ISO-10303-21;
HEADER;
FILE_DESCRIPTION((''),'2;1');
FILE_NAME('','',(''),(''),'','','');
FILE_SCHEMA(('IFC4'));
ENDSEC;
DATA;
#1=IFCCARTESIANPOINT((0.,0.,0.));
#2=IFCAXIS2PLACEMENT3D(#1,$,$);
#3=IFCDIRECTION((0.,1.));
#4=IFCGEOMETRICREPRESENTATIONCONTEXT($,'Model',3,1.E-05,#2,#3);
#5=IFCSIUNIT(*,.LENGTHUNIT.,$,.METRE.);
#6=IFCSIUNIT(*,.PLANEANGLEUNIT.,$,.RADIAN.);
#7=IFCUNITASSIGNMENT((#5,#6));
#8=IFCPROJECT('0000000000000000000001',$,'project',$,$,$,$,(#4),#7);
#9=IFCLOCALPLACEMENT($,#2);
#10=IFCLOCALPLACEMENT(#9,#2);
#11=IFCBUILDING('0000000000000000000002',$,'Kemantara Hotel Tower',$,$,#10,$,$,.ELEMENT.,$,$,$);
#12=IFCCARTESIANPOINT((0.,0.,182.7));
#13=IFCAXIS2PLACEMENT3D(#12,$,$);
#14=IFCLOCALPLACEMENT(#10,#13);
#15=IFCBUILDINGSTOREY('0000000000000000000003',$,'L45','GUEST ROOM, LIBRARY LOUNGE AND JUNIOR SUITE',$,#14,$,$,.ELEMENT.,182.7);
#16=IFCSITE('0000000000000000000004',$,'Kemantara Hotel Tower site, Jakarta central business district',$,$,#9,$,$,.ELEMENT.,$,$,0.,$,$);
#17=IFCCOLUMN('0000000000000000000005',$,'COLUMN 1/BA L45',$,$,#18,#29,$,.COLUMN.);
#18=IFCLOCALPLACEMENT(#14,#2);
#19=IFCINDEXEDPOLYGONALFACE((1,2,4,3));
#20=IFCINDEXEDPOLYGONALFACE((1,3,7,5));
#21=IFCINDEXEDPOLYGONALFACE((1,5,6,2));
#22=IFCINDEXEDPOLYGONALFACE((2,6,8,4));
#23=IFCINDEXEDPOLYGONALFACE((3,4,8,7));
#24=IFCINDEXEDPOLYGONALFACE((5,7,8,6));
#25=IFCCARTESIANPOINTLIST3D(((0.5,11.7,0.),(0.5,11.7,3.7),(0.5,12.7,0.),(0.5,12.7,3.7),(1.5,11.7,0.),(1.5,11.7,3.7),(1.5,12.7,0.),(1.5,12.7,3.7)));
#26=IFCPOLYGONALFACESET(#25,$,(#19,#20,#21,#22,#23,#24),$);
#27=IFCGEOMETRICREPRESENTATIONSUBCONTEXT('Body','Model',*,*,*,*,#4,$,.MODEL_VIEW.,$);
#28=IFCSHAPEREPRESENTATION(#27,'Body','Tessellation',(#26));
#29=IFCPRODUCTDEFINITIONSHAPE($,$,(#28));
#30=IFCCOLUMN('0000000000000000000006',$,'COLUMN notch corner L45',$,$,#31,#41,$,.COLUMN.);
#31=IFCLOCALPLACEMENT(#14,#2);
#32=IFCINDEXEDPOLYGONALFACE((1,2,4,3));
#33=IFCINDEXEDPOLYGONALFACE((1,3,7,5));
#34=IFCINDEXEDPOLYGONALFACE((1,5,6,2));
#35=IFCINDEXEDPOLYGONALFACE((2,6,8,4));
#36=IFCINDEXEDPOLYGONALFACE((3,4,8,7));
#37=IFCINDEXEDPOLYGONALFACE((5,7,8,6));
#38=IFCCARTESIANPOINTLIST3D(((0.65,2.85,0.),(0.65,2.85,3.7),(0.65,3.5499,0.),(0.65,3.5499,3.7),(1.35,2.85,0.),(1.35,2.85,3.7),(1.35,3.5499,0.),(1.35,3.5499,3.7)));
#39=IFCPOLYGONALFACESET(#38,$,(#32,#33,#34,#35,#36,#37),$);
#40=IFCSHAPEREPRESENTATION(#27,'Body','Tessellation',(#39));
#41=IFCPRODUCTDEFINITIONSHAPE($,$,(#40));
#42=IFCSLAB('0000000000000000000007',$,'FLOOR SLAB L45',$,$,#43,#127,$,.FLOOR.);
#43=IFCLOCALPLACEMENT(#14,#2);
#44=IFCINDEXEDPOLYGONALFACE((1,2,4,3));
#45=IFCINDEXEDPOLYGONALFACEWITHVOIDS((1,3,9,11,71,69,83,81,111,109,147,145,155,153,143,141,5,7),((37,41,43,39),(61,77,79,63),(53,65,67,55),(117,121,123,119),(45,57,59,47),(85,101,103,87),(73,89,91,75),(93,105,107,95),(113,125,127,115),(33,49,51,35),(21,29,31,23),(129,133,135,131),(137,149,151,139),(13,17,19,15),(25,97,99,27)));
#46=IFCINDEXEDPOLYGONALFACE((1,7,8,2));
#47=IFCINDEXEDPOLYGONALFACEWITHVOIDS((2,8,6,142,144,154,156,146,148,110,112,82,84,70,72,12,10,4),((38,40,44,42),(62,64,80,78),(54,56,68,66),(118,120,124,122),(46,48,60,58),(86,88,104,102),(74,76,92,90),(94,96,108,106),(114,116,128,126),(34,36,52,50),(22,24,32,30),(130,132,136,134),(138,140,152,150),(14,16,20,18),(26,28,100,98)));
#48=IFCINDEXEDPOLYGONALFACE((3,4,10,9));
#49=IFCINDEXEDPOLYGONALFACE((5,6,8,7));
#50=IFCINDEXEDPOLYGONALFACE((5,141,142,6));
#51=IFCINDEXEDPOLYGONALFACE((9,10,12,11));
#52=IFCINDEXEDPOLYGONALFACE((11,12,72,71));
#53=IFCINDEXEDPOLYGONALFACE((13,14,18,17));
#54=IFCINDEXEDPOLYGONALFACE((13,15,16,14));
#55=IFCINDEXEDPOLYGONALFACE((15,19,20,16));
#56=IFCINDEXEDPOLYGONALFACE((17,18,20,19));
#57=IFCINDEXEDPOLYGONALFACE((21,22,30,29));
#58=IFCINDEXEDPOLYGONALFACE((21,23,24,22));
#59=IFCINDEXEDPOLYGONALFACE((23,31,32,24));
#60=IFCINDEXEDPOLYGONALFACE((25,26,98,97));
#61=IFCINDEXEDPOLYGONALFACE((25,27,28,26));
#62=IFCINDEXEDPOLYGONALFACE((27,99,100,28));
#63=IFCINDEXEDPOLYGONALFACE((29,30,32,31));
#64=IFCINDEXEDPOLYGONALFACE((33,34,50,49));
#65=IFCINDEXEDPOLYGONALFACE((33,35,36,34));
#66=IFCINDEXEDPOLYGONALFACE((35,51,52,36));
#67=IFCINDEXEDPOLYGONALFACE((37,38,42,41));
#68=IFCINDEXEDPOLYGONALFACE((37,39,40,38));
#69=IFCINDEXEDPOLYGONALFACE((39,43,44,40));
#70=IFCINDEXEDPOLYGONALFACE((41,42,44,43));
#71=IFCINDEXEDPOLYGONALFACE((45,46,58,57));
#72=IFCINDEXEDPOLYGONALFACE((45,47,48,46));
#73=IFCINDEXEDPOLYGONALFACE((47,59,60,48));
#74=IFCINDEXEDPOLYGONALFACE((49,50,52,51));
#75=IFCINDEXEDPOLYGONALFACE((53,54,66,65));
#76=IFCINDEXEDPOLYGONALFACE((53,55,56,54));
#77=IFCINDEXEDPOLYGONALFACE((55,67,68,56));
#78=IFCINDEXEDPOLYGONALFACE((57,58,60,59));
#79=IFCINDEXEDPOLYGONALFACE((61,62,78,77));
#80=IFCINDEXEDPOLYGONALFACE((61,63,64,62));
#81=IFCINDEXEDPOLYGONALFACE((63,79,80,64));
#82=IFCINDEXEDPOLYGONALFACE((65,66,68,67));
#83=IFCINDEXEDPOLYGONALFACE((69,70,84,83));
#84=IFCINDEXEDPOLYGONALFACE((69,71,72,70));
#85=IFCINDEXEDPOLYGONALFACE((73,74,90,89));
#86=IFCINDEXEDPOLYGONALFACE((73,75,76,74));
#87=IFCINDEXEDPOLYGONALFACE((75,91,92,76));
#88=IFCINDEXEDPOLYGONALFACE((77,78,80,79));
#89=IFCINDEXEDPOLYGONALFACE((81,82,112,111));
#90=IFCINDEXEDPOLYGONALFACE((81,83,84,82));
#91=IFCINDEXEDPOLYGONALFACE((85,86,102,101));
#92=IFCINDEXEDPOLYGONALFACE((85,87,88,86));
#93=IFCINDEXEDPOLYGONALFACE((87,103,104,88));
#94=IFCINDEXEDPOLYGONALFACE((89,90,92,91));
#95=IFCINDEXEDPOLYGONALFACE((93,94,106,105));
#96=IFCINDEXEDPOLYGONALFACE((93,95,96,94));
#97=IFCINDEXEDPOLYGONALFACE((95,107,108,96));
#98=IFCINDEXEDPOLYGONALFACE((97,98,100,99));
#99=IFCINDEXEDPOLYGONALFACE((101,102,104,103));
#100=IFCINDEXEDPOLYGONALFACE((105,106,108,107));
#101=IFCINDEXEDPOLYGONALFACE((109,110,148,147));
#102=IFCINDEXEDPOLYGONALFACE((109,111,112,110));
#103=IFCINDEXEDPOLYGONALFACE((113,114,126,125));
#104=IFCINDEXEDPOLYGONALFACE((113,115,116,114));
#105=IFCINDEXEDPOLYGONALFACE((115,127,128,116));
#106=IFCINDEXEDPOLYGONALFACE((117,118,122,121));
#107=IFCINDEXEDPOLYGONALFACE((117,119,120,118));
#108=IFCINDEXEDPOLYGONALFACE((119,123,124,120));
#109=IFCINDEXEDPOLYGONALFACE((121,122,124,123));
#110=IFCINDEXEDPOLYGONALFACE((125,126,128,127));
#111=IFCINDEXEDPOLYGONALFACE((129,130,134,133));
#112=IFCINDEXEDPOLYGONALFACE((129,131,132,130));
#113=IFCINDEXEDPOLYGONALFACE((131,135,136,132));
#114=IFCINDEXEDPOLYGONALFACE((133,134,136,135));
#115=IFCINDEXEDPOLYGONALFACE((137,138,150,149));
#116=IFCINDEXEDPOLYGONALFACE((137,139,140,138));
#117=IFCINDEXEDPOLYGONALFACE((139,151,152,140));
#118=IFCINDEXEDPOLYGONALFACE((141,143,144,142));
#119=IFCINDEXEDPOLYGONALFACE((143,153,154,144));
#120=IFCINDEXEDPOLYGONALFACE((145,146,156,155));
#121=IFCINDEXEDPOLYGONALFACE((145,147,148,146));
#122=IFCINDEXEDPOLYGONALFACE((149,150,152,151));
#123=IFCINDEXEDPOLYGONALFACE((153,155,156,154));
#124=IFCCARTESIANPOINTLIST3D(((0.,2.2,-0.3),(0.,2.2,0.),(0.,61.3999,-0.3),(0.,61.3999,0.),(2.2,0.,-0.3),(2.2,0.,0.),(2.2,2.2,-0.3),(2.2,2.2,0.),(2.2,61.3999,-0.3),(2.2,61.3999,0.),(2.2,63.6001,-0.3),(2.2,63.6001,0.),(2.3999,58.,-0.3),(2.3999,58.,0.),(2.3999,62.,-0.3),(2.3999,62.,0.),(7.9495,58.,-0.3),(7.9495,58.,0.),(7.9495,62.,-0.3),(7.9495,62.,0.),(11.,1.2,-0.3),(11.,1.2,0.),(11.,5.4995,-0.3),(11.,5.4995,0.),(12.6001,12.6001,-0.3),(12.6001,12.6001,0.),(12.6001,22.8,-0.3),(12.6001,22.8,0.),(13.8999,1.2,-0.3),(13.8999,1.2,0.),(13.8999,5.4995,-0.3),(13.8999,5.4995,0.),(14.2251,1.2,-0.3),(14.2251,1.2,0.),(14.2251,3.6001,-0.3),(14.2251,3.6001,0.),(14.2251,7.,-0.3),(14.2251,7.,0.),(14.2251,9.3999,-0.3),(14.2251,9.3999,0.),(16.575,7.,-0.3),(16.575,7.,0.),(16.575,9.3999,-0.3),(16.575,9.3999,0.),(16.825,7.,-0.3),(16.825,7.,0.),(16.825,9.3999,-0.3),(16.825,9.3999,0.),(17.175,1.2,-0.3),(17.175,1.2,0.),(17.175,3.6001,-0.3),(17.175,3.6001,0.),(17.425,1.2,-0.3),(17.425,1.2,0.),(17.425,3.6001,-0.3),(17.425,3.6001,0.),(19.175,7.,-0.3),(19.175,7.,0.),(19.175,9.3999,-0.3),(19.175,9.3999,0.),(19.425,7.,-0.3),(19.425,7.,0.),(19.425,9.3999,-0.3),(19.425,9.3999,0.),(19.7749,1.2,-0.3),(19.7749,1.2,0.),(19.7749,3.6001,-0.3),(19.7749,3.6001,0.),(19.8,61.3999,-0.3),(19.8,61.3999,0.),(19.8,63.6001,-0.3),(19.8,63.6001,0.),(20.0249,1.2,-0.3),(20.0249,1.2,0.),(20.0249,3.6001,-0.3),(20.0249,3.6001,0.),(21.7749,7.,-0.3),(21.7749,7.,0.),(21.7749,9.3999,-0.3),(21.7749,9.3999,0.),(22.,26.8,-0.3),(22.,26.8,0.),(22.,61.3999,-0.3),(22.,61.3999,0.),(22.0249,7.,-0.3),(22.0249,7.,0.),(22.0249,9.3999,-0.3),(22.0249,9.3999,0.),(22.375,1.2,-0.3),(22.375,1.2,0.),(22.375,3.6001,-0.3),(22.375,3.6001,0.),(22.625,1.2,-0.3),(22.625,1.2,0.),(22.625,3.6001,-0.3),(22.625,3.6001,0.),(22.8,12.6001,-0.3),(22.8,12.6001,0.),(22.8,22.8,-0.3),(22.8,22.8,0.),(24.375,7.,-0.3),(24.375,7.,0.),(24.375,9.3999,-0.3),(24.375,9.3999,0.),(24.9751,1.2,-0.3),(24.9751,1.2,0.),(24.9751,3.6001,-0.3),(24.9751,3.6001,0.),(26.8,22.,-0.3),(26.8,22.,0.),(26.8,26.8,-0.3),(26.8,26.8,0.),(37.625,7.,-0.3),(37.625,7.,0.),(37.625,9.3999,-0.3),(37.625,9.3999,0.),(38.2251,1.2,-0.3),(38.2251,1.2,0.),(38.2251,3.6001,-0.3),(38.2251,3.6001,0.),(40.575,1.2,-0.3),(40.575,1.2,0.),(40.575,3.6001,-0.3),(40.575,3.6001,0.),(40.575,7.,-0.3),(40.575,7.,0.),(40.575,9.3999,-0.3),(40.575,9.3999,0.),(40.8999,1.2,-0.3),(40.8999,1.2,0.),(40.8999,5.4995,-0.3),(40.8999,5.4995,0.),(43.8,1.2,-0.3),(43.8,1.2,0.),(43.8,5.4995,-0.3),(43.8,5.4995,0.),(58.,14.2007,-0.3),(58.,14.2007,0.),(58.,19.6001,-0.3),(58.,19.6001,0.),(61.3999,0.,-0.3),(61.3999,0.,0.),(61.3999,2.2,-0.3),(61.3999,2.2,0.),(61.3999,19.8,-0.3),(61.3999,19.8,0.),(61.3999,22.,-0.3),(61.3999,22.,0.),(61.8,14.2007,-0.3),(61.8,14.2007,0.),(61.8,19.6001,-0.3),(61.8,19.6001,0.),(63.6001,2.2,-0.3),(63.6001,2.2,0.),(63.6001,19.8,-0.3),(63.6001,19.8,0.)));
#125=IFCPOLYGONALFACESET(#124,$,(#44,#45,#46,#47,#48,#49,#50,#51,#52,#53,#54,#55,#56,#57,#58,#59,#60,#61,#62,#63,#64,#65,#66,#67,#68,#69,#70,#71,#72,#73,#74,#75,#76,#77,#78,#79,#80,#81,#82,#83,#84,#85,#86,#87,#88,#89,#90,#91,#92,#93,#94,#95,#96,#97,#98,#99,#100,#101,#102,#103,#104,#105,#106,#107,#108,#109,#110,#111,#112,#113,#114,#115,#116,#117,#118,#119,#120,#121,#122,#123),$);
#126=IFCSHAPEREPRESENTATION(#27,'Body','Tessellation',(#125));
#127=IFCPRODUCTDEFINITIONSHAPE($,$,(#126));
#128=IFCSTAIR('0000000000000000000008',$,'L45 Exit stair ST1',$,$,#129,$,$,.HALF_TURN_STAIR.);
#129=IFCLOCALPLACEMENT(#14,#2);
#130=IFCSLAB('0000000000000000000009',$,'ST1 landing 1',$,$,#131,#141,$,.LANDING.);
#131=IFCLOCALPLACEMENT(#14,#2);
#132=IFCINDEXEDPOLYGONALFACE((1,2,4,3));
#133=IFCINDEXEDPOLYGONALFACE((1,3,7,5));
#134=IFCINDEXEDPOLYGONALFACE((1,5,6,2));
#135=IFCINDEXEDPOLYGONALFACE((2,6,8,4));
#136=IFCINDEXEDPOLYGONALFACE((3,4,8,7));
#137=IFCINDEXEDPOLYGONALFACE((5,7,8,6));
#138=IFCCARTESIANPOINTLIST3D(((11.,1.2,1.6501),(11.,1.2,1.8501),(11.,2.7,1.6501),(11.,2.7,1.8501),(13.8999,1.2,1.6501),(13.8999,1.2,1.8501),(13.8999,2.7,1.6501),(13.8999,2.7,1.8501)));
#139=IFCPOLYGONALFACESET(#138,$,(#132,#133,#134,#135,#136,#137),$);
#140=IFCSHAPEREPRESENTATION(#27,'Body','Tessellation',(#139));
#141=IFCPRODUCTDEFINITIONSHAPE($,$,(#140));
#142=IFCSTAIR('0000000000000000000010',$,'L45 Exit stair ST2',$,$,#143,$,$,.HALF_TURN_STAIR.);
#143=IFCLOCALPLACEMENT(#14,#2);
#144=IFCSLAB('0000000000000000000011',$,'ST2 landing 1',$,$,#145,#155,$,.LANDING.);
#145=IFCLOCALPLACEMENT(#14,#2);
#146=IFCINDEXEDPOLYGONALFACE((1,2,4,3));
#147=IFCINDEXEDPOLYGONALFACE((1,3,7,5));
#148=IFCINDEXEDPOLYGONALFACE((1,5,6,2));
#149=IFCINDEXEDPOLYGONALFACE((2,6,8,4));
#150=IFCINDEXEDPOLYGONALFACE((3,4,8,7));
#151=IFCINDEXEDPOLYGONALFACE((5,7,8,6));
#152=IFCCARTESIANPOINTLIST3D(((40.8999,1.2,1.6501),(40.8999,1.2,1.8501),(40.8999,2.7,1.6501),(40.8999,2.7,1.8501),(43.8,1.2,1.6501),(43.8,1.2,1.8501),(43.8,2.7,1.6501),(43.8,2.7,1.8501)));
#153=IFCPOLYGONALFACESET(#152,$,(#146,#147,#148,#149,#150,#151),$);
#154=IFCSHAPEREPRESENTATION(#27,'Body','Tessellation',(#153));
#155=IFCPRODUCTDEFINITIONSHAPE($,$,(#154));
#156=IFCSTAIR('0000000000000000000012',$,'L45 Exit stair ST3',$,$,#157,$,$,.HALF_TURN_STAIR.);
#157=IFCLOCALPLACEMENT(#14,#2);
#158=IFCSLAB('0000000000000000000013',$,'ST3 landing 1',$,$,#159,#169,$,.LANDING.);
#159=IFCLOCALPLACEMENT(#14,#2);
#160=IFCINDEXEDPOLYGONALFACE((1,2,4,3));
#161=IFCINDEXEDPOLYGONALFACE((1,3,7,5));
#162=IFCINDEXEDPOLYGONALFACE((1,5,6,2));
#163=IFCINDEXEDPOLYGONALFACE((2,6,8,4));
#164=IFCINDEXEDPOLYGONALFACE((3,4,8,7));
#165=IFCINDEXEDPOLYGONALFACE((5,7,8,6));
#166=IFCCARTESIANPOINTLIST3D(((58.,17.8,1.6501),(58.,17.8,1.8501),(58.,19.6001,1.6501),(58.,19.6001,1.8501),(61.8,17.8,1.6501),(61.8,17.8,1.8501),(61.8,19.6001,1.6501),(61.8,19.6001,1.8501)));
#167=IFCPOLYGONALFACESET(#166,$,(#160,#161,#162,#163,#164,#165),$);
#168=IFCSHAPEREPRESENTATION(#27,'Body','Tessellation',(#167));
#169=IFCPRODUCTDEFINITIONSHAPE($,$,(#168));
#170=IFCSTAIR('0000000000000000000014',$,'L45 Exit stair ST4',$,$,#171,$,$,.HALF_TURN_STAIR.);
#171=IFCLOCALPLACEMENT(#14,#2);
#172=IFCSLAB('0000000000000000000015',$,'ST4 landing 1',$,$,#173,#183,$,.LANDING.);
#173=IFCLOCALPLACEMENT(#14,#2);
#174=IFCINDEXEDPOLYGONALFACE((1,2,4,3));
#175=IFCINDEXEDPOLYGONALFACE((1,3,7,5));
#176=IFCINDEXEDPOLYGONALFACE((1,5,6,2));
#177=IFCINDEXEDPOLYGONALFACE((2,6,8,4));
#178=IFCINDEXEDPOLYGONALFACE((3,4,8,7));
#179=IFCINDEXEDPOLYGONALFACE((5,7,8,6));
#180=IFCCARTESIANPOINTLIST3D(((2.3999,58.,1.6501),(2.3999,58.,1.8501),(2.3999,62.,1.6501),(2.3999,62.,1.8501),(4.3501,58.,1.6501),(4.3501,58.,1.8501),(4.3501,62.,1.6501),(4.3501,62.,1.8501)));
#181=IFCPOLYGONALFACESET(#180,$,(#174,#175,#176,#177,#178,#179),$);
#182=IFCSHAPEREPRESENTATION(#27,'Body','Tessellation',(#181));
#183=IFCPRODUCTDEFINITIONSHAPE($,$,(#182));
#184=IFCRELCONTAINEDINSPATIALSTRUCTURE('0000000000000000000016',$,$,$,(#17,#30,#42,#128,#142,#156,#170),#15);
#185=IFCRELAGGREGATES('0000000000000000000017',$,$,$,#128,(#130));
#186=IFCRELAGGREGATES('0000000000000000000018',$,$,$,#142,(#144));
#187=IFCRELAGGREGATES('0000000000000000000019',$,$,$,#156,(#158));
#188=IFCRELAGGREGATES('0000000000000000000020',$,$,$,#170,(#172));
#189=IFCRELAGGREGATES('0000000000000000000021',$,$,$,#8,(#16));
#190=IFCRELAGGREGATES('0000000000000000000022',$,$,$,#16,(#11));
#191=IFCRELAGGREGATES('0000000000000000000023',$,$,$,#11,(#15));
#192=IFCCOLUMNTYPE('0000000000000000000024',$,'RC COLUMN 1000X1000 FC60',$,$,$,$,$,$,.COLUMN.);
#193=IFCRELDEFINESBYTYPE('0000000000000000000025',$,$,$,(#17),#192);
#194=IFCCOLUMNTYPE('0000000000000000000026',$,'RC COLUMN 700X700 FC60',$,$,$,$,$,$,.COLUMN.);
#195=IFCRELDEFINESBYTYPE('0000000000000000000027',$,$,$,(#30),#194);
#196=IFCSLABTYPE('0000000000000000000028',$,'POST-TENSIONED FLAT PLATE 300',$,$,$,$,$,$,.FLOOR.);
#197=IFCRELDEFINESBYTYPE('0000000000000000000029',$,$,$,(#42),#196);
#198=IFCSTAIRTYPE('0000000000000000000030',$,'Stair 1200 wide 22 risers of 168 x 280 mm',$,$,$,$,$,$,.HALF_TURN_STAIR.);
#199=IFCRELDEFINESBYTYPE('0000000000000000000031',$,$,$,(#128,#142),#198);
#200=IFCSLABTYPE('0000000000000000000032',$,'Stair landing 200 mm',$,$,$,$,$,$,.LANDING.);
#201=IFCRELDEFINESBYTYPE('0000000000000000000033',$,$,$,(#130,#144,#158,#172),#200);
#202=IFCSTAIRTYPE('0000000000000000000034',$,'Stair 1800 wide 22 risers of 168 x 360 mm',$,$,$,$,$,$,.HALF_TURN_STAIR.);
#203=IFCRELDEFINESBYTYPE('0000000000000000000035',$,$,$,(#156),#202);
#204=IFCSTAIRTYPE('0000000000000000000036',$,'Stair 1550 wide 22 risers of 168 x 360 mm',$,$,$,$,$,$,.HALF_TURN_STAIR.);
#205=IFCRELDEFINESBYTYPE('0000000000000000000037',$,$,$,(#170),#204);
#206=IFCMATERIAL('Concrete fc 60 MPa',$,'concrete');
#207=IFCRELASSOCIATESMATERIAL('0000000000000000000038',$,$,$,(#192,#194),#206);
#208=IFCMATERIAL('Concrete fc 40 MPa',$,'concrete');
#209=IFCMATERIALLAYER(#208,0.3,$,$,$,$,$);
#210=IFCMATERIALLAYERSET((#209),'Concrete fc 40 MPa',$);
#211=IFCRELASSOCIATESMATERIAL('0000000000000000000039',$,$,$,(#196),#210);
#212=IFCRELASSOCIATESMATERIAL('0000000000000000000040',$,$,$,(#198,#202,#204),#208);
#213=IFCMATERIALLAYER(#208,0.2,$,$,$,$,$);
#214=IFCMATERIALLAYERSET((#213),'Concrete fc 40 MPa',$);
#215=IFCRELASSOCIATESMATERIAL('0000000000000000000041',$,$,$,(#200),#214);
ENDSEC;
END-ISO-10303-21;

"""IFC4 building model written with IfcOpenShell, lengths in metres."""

from ifc_helpers import new_model, si_unit, direction, frame, origin, origin_2d, place, context, subcontext, project, spatial, polyline, rectangle, outline, extrude, material, layer, layer_set, material_profile, profile_set, type_object, element, aggregate, save


model = new_model("IFC4")

# Units and contexts
model_context = context("Model", 3, precision=1e-05, world=origin(), true_north=direction((0.0, 1.0)))
body_context = subcontext(model_context, "Body", "Model", "MODEL_VIEW")
ifc_project = project(units=[si_unit("LENGTHUNIT", "METRE"), si_unit("PLANEANGLEUNIT", "RADIAN")], contexts=[model_context])

# Site, building, storey
site_placement = place(None, origin())
site = spatial("IfcSite", under=ifc_project, at=site_placement, Name="Kemantara Hotel Tower site, Jakarta central business district", CompositionType="ELEMENT", RefElevation=0.0)
building_placement = place(site_placement, origin())
building = spatial("IfcBuilding", under=site, at=building_placement, Name="Kemantara Hotel Tower", CompositionType="ELEMENT")
storey_placement = place(building_placement, frame((0.0, 0.0, 182.7)))
storey = spatial("IfcBuildingStorey", under=building, at=storey_placement, Name="L45", Description="GUEST ROOM, LIBRARY LOUNGE AND JUNIOR SUITE", CompositionType="ELEMENT", Elevation=182.7)

# Columns
ifc_material_1 = material(Name="Concrete fc 60 MPa", Category="concrete")
ifc_material_profile_1 = material_profile(ifc_material_1, rectangle(XDim=1.0, YDim=1.0, at=origin_2d()), Name="RC 1000X1000")
ifc_profile_set_1 = profile_set([ifc_material_profile_1], Name="Concrete fc 60 MPa")
column_type_1 = type_object("IfcColumnType", Name="RC COLUMN 1000X1000 FC60", PredefinedType="COLUMN", material=ifc_profile_set_1)
column_1_placement = place(storey_placement, frame((1.0, 12.2, 0.0), z_axis=(0.0, 0.0, 1.0), x_axis=(1.0, 0.0, 0.0)))
element("IfcColumn", 1, at=column_1_placement, inside=storey, type_object=column_type_1, Name="COLUMN 1/BA L45", PredefinedType="COLUMN", context=body_context, shape_type="SweptSolid", body=[
    extrude(rectangle(XDim=1.0, YDim=1.0, at=origin_2d()), origin(), (0.0, 0.0, 1.0), 3.7),
])
ifc_material_profile_2 = material_profile(ifc_material_1, rectangle(XDim=0.7, YDim=0.7, at=origin_2d()), Name="RC 700X700")
ifc_profile_set_2 = profile_set([ifc_material_profile_2], Name="Concrete fc 60 MPa")
column_type_2 = type_object("IfcColumnType", Name="RC COLUMN 700X700 FC60", PredefinedType="COLUMN", material=ifc_profile_set_2)
column_2_placement = place(storey_placement, frame((1.0, 3.2, 0.0), z_axis=(0.0, 0.0, 1.0), x_axis=(1.0, 0.0, 0.0)))
element("IfcColumn", 2, at=column_2_placement, inside=storey, type_object=column_type_2, Name="COLUMN notch corner L45", PredefinedType="COLUMN", context=body_context, shape_type="SweptSolid", body=[
    extrude(rectangle(XDim=0.7, YDim=0.7, at=origin_2d()), origin(), (0.0, 0.0, 1.0), 3.7),
])

# Slab
ifc_material_2 = material(Name="Concrete fc 40 MPa", Category="concrete")
ifc_layer_1 = layer(ifc_material_2, 0.3)
ifc_layer_set_1 = layer_set([ifc_layer_1], Name="Concrete fc 40 MPa")
slab_type_1 = type_object("IfcSlabType", Name="POST-TENSIONED FLAT PLATE 300", PredefinedType="FLOOR", material=ifc_layer_set_1)
slab_1_placement = place(storey_placement, frame((0.0, 0.0, -0.3)))
element("IfcSlab", 3, at=slab_1_placement, inside=storey, type_object=slab_type_1, Name="FLOOR SLAB L45", PredefinedType="FLOOR", context=body_context, shape_type="SweptSolid", body=[
    extrude(outline(polyline([(22.0, 26.8), (22.0, 61.3999), (19.8, 61.3999), (19.8, 63.6001), (2.2, 63.6001), (2.2, 61.3999), (0.0, 61.3999), (0.0, 2.2), (2.2, 2.2), (2.2, 0.0), (61.3999, 0.0), (61.3999, 2.2), (63.6001, 2.2), (63.6001, 19.8), (61.3999, 19.8), (61.3999, 22.0), (26.8, 22.0), (26.8, 26.8), (22.0, 26.8)]), holes=[polyline([(17.175, 3.6001), (17.175, 1.2), (14.2251, 1.2), (14.2251, 3.6001), (17.175, 3.6001)]), polyline([(19.7749, 1.2), (17.425, 1.2), (17.425, 3.6001), (19.7749, 3.6001), (19.7749, 1.2)]), polyline([(11.0, 1.2), (11.0, 5.4995), (13.8999, 5.4995), (13.8999, 1.2), (11.0, 1.2)]), polyline([(16.575, 7.0), (14.2251, 7.0), (14.2251, 9.3999), (16.575, 9.3999), (16.575, 7.0)]), polyline([(19.175, 7.0), (16.825, 7.0), (16.825, 9.3999), (19.175, 9.3999), (19.175, 7.0)]), polyline([(21.7749, 7.0), (19.425, 7.0), (19.425, 9.3999), (21.7749, 9.3999), (21.7749, 7.0)]), polyline([(22.8, 12.6001), (12.6001, 12.6001), (12.6001, 22.8), (22.8, 22.8), (22.8, 12.6001)]), polyline([(2.3999, 62.0), (7.9495, 62.0), (7.9495, 58.0), (2.3999, 58.0), (2.3999, 62.0)]), polyline([(22.375, 1.2), (20.0249, 1.2), (20.0249, 3.6001), (22.375, 3.6001), (22.375, 1.2)]), polyline([(24.9751, 1.2), (22.625, 1.2), (22.625, 3.6001), (24.9751, 3.6001), (24.9751, 1.2)]), polyline([(40.575, 1.2), (38.2251, 1.2), (38.2251, 3.6001), (40.575, 3.6001), (40.575, 1.2)]), polyline([(40.8999, 1.2), (40.8999, 5.4995), (43.8, 5.4995), (43.8, 1.2), (40.8999, 1.2)]), polyline([(24.375, 7.0), (22.0249, 7.0), (22.0249, 9.3999), (24.375, 9.3999), (24.375, 7.0)]), polyline([(40.575, 7.0), (37.625, 7.0), (37.625, 9.3999), (40.575, 9.3999), (40.575, 7.0)]), polyline([(61.8, 19.6001), (61.8, 14.2007), (58.0, 14.2007), (58.0, 19.6001), (61.8, 19.6001)])]), origin(), (0.0, 0.0, 1.0), 0.3),
])

# Stairs, slabs
stair_type_1 = type_object("IfcStairType", Name="Stair 1200 wide 22 risers of 168 x 280 mm", PredefinedType="HALF_TURN_STAIR", material=ifc_material_2)
stair_1_placement = place(storey_placement, origin())
stair_1 = element("IfcStair", 4, at=stair_1_placement, inside=storey, type_object=stair_type_1, Name="L45 Exit stair ST1", PredefinedType="HALF_TURN_STAIR")
ifc_layer_2 = layer(ifc_material_2, 0.2)
ifc_layer_set_2 = layer_set([ifc_layer_2], Name="Concrete fc 40 MPa")
slab_type_2 = type_object("IfcSlabType", Name="Stair landing 200 mm", PredefinedType="LANDING", material=ifc_layer_set_2)
slab_2_placement = place(storey_placement, frame((0.0, 0.0, 1.6501)))
slab_2 = element("IfcSlab", 5, at=slab_2_placement, type_object=slab_type_2, Name="ST1 landing 1", PredefinedType="LANDING", context=body_context, shape_type="SweptSolid", body=[
    extrude(outline(polyline([(11.0, 2.7), (11.0, 1.2), (13.8999, 1.2), (13.8999, 2.7), (11.0, 2.7)])), origin(), (0.0, 0.0, 1.0), 0.2),
])
aggregate(stair_1, [slab_2])
stair_2_placement = place(storey_placement, origin())
stair_2 = element("IfcStair", 6, at=stair_2_placement, inside=storey, type_object=stair_type_1, Name="L45 Exit stair ST2", PredefinedType="HALF_TURN_STAIR")
slab_3_placement = place(storey_placement, frame((0.0, 0.0, 1.6501)))
slab_3 = element("IfcSlab", 7, at=slab_3_placement, type_object=slab_type_2, Name="ST2 landing 1", PredefinedType="LANDING", context=body_context, shape_type="SweptSolid", body=[
    extrude(outline(polyline([(40.8999, 2.7), (40.8999, 1.2), (43.8, 1.2), (43.8, 2.7), (40.8999, 2.7)])), origin(), (0.0, 0.0, 1.0), 0.2),
])
aggregate(stair_2, [slab_3])
stair_type_2 = type_object("IfcStairType", Name="Stair 1800 wide 22 risers of 168 x 360 mm", PredefinedType="HALF_TURN_STAIR", material=ifc_material_2)
stair_3_placement = place(storey_placement, origin())
stair_3 = element("IfcStair", 8, at=stair_3_placement, inside=storey, type_object=stair_type_2, Name="L45 Exit stair ST3", PredefinedType="HALF_TURN_STAIR")
slab_4_placement = place(storey_placement, frame((0.0, 0.0, 1.6501)))
slab_4 = element("IfcSlab", 9, at=slab_4_placement, type_object=slab_type_2, Name="ST3 landing 1", PredefinedType="LANDING", context=body_context, shape_type="SweptSolid", body=[
    extrude(outline(polyline([(61.8, 17.8), (61.8, 19.6001), (58.0, 19.6001), (58.0, 17.8), (61.8, 17.8)])), origin(), (0.0, 0.0, 1.0), 0.2),
])
aggregate(stair_3, [slab_4])
stair_type_3 = type_object("IfcStairType", Name="Stair 1550 wide 22 risers of 168 x 360 mm", PredefinedType="HALF_TURN_STAIR", material=ifc_material_2)
stair_4_placement = place(storey_placement, origin())
stair_4 = element("IfcStair", 10, at=stair_4_placement, inside=storey, type_object=stair_type_3, Name="L45 Exit stair ST4", PredefinedType="HALF_TURN_STAIR")
slab_5_placement = place(storey_placement, frame((0.0, 0.0, 1.6501)))
slab_5 = element("IfcSlab", 11, at=slab_5_placement, type_object=slab_type_2, Name="ST4 landing 1", PredefinedType="LANDING", context=body_context, shape_type="SweptSolid", body=[
    extrude(outline(polyline([(4.3501, 62.0), (2.3999, 62.0), (2.3999, 58.0), (4.3501, 58.0), (4.3501, 62.0)])), origin(), (0.0, 0.0, 1.0), 0.2),
])
aggregate(stair_4, [slab_5])

save(model, "model.ifc")
